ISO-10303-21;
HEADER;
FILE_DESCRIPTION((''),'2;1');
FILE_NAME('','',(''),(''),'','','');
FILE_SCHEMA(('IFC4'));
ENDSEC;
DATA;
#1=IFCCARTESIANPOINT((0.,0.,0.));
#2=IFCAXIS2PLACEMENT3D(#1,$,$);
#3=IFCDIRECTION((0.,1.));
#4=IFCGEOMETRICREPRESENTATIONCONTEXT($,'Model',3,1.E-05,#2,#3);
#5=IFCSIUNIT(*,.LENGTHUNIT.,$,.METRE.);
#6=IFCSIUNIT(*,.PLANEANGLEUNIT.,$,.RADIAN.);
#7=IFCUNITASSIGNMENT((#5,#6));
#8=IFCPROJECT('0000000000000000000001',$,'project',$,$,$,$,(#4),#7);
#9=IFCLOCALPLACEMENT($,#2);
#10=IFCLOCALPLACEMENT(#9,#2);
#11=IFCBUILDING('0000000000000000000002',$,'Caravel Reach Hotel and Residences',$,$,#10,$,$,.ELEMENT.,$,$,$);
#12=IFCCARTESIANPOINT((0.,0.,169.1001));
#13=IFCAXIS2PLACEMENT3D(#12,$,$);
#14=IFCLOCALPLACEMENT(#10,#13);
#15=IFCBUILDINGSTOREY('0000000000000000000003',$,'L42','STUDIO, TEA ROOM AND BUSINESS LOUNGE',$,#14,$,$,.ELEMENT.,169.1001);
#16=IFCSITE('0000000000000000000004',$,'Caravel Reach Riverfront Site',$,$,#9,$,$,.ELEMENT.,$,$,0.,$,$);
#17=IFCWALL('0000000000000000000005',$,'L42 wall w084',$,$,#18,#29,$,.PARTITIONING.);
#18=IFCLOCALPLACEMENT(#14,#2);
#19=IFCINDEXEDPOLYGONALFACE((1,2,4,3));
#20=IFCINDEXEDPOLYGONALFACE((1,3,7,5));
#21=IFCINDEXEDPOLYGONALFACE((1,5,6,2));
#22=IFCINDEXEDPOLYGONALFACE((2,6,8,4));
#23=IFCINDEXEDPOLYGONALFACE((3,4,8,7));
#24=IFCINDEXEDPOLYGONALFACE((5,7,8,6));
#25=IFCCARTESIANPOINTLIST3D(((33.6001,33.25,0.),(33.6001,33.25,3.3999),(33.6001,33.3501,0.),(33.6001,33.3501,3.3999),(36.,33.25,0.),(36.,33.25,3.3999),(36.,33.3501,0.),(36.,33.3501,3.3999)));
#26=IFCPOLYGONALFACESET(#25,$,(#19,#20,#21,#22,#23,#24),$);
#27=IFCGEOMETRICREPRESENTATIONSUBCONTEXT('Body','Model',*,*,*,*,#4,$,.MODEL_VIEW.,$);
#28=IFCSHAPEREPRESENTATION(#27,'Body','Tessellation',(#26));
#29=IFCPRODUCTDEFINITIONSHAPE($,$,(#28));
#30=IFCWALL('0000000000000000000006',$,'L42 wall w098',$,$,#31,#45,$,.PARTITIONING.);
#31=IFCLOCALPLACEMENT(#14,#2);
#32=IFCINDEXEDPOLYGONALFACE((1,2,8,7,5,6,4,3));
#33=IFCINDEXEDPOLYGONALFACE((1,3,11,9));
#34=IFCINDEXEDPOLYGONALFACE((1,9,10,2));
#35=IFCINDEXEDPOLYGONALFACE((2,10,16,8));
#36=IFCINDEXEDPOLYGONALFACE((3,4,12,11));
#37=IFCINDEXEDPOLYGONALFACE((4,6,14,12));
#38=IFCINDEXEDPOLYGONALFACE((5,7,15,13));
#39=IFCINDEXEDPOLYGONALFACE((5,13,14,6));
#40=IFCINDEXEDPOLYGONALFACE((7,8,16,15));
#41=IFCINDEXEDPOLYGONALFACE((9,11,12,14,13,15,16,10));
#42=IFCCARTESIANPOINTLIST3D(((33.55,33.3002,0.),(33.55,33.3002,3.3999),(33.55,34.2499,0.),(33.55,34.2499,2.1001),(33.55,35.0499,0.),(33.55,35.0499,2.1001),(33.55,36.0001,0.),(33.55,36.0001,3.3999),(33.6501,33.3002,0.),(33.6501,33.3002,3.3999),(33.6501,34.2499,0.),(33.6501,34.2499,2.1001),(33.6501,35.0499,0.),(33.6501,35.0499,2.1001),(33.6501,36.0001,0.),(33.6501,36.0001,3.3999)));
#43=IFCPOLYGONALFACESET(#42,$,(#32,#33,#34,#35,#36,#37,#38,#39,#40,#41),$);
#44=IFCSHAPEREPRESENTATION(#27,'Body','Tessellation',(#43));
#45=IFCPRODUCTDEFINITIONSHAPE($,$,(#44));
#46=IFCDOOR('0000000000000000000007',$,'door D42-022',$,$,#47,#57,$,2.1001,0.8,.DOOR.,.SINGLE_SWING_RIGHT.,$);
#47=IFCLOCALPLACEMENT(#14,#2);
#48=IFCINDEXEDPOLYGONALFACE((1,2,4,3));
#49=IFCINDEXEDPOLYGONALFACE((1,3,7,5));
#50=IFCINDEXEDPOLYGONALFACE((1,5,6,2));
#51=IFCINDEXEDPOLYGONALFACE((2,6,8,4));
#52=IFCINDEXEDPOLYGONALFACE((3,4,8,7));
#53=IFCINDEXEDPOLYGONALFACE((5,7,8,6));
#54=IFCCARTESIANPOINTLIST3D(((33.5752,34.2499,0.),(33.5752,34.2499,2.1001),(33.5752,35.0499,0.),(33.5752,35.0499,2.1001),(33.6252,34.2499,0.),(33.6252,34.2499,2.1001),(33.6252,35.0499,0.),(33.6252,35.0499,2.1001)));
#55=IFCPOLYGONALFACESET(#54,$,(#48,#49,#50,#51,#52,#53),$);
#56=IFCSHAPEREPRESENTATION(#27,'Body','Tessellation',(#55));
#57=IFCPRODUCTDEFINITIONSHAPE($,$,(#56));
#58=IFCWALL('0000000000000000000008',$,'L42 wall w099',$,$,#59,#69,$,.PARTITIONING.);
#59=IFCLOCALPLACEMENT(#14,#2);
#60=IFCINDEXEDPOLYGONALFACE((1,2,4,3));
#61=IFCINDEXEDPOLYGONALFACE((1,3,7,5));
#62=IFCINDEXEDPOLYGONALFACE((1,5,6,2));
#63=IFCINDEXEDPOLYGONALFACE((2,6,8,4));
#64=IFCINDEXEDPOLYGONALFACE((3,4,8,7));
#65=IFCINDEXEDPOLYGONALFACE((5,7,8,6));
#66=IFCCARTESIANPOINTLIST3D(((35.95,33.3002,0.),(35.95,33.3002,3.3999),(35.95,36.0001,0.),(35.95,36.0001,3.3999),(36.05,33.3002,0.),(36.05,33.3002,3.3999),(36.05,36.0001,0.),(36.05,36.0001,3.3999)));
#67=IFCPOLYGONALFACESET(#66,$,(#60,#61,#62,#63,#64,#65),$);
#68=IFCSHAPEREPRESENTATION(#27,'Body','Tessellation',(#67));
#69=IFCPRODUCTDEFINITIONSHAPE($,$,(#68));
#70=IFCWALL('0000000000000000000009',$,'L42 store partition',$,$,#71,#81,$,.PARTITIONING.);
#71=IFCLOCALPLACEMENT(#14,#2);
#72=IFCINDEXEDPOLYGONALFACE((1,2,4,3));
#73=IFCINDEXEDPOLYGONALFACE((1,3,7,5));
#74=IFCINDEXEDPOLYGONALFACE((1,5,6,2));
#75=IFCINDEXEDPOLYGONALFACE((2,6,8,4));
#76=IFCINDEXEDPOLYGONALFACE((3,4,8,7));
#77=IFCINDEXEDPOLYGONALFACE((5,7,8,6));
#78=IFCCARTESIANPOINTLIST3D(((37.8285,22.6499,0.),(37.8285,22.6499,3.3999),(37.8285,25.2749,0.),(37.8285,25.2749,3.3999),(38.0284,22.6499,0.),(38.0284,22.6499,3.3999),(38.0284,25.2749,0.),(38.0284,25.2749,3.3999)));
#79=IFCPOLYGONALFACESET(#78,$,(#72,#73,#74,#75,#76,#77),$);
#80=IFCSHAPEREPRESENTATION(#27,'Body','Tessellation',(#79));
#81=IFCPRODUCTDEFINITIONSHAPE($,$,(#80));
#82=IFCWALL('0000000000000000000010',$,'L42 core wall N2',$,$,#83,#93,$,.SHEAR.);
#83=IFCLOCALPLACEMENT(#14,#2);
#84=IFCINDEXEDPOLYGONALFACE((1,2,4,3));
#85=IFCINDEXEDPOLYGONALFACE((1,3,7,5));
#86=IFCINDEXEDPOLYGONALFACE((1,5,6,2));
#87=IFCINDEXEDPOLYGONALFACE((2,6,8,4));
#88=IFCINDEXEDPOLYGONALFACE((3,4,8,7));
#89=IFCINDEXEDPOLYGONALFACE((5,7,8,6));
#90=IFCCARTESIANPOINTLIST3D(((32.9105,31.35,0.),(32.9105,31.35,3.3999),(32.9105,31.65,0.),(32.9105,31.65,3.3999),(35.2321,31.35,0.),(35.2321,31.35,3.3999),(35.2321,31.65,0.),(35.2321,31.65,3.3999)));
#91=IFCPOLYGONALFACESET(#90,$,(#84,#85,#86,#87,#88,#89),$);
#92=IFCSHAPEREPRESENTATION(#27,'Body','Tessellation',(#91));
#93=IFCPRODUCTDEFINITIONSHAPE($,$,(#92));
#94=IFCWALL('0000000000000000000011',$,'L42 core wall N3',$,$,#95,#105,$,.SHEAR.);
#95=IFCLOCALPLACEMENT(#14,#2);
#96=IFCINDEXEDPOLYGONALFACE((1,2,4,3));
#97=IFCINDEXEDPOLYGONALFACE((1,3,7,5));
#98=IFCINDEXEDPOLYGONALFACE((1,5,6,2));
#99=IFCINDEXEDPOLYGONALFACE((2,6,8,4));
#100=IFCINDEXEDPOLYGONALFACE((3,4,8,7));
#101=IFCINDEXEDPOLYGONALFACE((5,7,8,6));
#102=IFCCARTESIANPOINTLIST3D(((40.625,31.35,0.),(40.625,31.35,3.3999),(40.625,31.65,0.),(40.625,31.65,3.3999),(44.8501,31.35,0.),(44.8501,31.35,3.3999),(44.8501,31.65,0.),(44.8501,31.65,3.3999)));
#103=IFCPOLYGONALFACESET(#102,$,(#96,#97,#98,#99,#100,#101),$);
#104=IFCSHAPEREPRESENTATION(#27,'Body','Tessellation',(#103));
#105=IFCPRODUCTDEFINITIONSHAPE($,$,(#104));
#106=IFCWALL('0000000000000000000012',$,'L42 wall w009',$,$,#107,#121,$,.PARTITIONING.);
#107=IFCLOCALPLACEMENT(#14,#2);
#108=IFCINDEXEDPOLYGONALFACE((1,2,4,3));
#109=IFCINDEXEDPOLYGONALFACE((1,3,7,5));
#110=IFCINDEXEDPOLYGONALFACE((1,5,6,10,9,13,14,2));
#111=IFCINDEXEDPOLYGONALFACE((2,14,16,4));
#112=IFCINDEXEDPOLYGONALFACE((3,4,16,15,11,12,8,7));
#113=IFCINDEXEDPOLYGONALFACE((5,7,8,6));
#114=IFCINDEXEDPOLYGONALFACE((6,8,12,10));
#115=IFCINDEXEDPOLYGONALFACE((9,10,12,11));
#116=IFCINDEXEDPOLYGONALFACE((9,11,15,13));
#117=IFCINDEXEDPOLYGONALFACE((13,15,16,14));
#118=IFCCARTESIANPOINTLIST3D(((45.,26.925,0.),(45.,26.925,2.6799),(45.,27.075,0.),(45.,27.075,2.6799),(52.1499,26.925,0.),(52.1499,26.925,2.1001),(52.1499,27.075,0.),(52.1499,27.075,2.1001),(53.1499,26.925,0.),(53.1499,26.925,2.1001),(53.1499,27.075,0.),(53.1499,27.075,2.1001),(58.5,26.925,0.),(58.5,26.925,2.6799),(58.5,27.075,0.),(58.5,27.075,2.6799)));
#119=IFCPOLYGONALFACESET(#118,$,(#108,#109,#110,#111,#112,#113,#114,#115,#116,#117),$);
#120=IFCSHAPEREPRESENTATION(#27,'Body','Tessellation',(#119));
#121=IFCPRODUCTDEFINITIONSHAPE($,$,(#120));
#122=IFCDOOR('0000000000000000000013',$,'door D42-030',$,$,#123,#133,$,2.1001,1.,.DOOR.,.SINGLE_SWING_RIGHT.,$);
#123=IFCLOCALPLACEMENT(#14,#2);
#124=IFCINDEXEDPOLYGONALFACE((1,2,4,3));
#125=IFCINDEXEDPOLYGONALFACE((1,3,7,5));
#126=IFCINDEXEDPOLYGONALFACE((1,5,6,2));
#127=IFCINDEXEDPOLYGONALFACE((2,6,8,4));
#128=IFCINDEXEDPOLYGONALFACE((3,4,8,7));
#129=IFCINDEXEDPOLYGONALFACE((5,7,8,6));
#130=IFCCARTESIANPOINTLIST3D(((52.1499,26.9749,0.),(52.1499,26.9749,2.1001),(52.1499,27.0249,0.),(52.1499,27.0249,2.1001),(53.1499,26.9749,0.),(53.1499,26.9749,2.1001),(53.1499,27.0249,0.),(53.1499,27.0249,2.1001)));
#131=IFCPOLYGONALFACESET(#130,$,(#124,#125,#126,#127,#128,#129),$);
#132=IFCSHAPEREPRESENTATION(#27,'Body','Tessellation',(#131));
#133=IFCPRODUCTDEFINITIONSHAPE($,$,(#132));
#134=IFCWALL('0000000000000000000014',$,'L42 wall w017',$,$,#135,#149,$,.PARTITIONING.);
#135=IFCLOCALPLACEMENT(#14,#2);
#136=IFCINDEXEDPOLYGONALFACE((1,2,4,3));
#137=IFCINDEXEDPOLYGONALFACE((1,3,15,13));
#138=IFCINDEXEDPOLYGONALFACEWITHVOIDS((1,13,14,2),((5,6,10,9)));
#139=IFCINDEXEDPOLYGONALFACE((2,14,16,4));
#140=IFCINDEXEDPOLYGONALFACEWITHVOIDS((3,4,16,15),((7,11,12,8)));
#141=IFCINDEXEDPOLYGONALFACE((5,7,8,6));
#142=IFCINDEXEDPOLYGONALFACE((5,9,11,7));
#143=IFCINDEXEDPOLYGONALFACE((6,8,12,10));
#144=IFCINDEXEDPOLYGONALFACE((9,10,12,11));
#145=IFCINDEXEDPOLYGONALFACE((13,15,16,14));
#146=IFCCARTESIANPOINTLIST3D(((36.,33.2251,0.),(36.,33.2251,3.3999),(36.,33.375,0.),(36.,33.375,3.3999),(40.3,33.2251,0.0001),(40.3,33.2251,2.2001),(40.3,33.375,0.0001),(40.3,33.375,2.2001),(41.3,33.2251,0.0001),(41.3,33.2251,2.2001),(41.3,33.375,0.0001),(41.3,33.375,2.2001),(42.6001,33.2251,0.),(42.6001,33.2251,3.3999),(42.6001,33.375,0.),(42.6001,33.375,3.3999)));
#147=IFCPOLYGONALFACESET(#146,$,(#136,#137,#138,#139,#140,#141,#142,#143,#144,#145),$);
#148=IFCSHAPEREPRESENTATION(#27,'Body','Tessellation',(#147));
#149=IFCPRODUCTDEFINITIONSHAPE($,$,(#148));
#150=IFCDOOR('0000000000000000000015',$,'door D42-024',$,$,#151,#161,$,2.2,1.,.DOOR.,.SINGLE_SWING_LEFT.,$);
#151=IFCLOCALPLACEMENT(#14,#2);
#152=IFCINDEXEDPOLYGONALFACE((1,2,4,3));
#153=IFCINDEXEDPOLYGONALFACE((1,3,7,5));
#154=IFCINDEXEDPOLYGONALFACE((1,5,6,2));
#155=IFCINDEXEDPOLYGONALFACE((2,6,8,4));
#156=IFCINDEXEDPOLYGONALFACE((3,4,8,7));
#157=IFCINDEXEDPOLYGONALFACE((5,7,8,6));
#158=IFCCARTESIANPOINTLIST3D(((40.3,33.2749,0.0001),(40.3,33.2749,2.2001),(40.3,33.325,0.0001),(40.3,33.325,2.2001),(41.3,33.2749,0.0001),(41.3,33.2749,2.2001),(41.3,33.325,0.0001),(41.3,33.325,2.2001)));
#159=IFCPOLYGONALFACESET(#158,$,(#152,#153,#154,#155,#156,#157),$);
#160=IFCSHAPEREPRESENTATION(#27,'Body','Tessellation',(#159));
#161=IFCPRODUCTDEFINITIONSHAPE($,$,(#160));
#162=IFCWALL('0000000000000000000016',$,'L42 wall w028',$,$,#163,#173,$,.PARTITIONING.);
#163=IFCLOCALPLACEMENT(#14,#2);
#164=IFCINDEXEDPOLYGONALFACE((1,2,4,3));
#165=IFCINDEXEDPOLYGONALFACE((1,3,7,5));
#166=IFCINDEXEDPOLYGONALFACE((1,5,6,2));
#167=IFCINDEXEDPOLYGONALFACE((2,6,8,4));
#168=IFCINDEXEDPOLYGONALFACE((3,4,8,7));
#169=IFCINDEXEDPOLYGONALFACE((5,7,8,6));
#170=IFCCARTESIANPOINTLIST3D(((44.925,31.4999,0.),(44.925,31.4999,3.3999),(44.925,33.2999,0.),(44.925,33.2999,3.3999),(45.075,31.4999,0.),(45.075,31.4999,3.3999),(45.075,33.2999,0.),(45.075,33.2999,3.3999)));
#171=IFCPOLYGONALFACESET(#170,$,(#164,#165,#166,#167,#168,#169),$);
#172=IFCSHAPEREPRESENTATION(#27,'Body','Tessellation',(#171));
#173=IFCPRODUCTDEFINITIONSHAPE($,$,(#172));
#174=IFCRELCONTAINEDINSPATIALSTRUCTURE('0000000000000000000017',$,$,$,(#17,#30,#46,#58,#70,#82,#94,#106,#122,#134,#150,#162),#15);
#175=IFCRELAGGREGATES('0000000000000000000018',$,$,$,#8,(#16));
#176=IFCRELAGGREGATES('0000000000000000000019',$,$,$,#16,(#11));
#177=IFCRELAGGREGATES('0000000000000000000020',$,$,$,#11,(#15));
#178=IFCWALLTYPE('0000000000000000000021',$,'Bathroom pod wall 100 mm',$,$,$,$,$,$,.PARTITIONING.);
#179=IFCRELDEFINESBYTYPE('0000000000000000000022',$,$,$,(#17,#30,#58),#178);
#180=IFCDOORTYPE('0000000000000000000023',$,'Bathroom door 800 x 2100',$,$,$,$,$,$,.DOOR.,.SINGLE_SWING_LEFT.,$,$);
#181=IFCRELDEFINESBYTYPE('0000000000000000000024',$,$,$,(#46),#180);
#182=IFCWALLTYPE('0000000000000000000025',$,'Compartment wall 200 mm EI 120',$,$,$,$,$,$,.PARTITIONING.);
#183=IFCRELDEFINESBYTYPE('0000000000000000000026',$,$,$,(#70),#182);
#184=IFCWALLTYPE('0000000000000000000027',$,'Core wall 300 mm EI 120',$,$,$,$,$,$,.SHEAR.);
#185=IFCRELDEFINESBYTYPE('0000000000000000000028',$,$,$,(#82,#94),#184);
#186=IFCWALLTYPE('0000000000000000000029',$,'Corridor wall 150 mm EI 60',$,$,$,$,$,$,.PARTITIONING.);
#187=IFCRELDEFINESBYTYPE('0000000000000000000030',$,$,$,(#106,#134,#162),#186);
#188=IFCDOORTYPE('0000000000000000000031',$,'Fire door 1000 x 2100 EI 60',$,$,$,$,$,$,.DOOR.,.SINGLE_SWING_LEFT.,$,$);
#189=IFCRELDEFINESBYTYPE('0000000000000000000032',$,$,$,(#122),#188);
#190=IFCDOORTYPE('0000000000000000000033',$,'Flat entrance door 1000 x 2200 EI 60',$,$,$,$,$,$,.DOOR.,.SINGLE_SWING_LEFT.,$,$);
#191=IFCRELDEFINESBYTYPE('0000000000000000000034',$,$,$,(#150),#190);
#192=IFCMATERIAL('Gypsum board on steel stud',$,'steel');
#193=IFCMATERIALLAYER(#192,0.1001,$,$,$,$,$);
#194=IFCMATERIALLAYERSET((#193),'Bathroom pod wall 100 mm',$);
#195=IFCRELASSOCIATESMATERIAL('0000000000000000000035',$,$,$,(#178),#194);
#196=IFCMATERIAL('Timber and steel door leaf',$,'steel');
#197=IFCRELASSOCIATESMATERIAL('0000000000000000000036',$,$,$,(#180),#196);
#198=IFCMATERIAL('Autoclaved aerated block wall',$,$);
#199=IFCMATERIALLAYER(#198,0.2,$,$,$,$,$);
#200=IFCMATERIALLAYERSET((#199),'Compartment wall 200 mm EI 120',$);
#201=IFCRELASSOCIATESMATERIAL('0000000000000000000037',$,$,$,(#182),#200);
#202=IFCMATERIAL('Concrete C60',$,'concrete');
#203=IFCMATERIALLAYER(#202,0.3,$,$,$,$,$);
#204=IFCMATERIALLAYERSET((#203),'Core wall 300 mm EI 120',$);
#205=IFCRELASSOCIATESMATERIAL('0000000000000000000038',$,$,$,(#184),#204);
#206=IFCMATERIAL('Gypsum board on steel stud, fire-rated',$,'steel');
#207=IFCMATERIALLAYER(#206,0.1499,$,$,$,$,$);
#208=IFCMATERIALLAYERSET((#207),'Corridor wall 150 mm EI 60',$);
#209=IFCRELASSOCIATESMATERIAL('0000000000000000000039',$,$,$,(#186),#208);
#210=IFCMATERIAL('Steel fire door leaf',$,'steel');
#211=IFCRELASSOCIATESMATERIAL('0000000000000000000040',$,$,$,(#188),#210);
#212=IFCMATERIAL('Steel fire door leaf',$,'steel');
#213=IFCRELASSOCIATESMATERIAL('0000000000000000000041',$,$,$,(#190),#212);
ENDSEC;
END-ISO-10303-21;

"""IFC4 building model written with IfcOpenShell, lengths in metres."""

from ifc_helpers import new_model, si_unit, direction, frame, frame_2d, origin, place, context, subcontext, project, spatial, rectangle, extrude, material, layer, layer_set, type_object, element, fill, save


model = new_model("IFC4")

# Units and contexts
model_context = context("Model", 3, precision=1e-05, world=origin(), true_north=direction((0.0, 1.0)))
body_context = subcontext(model_context, "Body", "Model", "MODEL_VIEW")
ifc_project = project(units=[si_unit("LENGTHUNIT", "METRE"), si_unit("PLANEANGLEUNIT", "RADIAN")], contexts=[model_context])

# Site, building, storey
site_placement = place(None, origin())
site = spatial("IfcSite", under=ifc_project, at=site_placement, Name="Caravel Reach Riverfront Site", CompositionType="ELEMENT", RefElevation=0.0)
building_placement = place(site_placement, origin())
building = spatial("IfcBuilding", under=site, at=building_placement, Name="Caravel Reach Hotel and Residences", CompositionType="ELEMENT")
storey_placement = place(building_placement, frame((0.0, 0.0, 169.1001)))
storey = spatial("IfcBuildingStorey", under=building, at=storey_placement, Name="L42", Description="STUDIO, TEA ROOM AND BUSINESS LOUNGE", CompositionType="ELEMENT", Elevation=169.1001)

# Wall
ifc_material_1 = material(Name="Gypsum board on steel stud", Category="steel")
ifc_layer_1 = layer(ifc_material_1, 0.1001)
ifc_layer_set_1 = layer_set([ifc_layer_1], Name="Bathroom pod wall 100 mm")
wall_type_1 = type_object("IfcWallType", Name="Bathroom pod wall 100 mm", PredefinedType="PARTITIONING", material=ifc_layer_set_1)
wall_1_placement = place(storey_placement, frame((33.6001, 33.3, 0.0), z_axis=(0.0, 0.0, 1.0), x_axis=(1.0, 0.0, 0.0)))
element("IfcWall", 1, at=wall_1_placement, inside=storey, type_object=wall_type_1, Name="L42 wall w084", PredefinedType="PARTITIONING", context=body_context, shape_type="SweptSolid", body=[
    extrude(rectangle(XDim=2.3999, YDim=0.1001, at=frame_2d((1.2, 0.0))), origin(), (0.0, 0.0, 1.0), 3.3999),
])

# Wall, opening, door
wall_2_placement = place(storey_placement, frame((33.6001, 33.3, 0.0), z_axis=(0.0, 0.0, 1.0), x_axis=(0.0, 1.0, 0.0)))
wall_2 = element("IfcWall", 2, at=wall_2_placement, inside=storey, type_object=wall_type_1, Name="L42 wall w098", PredefinedType="PARTITIONING", context=body_context, shape_type="SweptSolid", body=[
    extrude(rectangle(XDim=2.7, YDim=0.1001, at=frame_2d((1.3501, 0.0))), origin(), (0.0, 0.0, 1.0), 3.3999),
])
opening_1_placement = place(wall_2_placement, frame((0.95, 0.0, 0.0)))
opening_1 = element("IfcOpeningElement", 3, at=opening_1_placement, cuts=wall_2, PredefinedType="OPENING", context=body_context, shape_type="SweptSolid", body=[
    extrude(rectangle(XDim=0.8, YDim=2.1001, at=frame_2d((0.3999, 1.05))), frame((0.0, 0.0601, 0.0), z_axis=(0.0, -1.0, 0.0), x_axis=(1.0, 0.0, 0.0)), (0.0, 0.0, 1.0), 0.1201),
])
ifc_material_2 = material(Name="Timber and steel door leaf", Category="steel")
door_type_1 = type_object("IfcDoorType", Name="Bathroom door 800 x 2100", OperationType="SINGLE_SWING_LEFT", PredefinedType="DOOR", material=ifc_material_2)
door_1_placement = place(opening_1_placement, origin())
door_1 = element("IfcDoor", 4, at=door_1_placement, inside=storey, type_object=door_type_1, Name="door D42-022", OperationType="SINGLE_SWING_RIGHT", OverallHeight=2.1001, OverallWidth=0.8, PredefinedType="DOOR", context=body_context, shape_type="SweptSolid", body=[
    extrude(rectangle(XDim=0.8, YDim=2.1001, at=frame_2d((0.3999, 1.05))), frame((0.0, 0.0249, 0.0), z_axis=(0.0, -1.0, 0.0), x_axis=(1.0, 0.0, 0.0)), (0.0, 0.0, 1.0), 0.05),
])
fill(opening_1, door_1)

# Walls
wall_3_placement = place(storey_placement, frame((36.0, 33.3, 0.0), z_axis=(0.0, 0.0, 1.0), x_axis=(0.0, 1.0, 0.0)))
element("IfcWall", 5, at=wall_3_placement, inside=storey, type_object=wall_type_1, Name="L42 wall w099", PredefinedType="PARTITIONING", context=body_context, shape_type="SweptSolid", body=[
    extrude(rectangle(XDim=2.7, YDim=0.1001, at=frame_2d((1.3501, 0.0))), origin(), (0.0, 0.0, 1.0), 3.3999),
])
ifc_material_3 = material(Name="Autoclaved aerated block wall")
ifc_layer_2 = layer(ifc_material_3, 0.2)
ifc_layer_set_2 = layer_set([ifc_layer_2], Name="Compartment wall 200 mm EI 120")
wall_type_2 = type_object("IfcWallType", Name="Compartment wall 200 mm EI 120", PredefinedType="PARTITIONING", material=ifc_layer_set_2)
wall_4_placement = place(storey_placement, frame((37.9285, 22.6499, 0.0), z_axis=(0.0, 0.0, 1.0), x_axis=(0.0, 1.0, 0.0)))
element("IfcWall", 6, at=wall_4_placement, inside=storey, type_object=wall_type_2, Name="L42 store partition", PredefinedType="PARTITIONING", context=body_context, shape_type="SweptSolid", body=[
    extrude(rectangle(XDim=2.625, YDim=0.2, at=frame_2d((1.3125, 0.0))), origin(), (0.0, 0.0, 1.0), 3.3999),
])
ifc_material_4 = material(Name="Concrete C60", Category="concrete")
ifc_layer_3 = layer(ifc_material_4, 0.3)
ifc_layer_set_3 = layer_set([ifc_layer_3], Name="Core wall 300 mm EI 120")
wall_type_3 = type_object("IfcWallType", Name="Core wall 300 mm EI 120", PredefinedType="SHEAR", material=ifc_layer_set_3)
wall_5_placement = place(storey_placement, frame((32.9106, 31.5, 0.0), z_axis=(0.0, 0.0, 1.0), x_axis=(1.0, 0.0, 0.0)))
element("IfcWall", 7, at=wall_5_placement, inside=storey, type_object=wall_type_3, Name="L42 core wall N2", PredefinedType="SHEAR", context=body_context, shape_type="SweptSolid", body=[
    extrude(rectangle(XDim=2.3215, YDim=0.3, at=frame_2d((1.1606, 0.0))), origin(), (0.0, 0.0, 1.0), 3.3999),
])
wall_6_placement = place(storey_placement, frame((40.625, 31.5, 0.0), z_axis=(0.0, 0.0, 1.0), x_axis=(1.0, 0.0, 0.0)))
element("IfcWall", 8, at=wall_6_placement, inside=storey, type_object=wall_type_3, Name="L42 core wall N3", PredefinedType="SHEAR", context=body_context, shape_type="SweptSolid", body=[
    extrude(rectangle(XDim=4.2251, YDim=0.3, at=frame_2d((2.1125, 0.0))), origin(), (0.0, 0.0, 1.0), 3.3999),
])

# Walls, openings, doors
ifc_material_5 = material(Name="Gypsum board on steel stud, fire-rated", Category="steel")
ifc_layer_4 = layer(ifc_material_5, 0.1499)
ifc_layer_set_4 = layer_set([ifc_layer_4], Name="Corridor wall 150 mm EI 60")
wall_type_4 = type_object("IfcWallType", Name="Corridor wall 150 mm EI 60", PredefinedType="PARTITIONING", material=ifc_layer_set_4)
wall_7_placement = place(storey_placement, frame((45.0, 27.0, 0.0), z_axis=(0.0, 0.0, 1.0), x_axis=(1.0, 0.0, 0.0)))
wall_7 = element("IfcWall", 9, at=wall_7_placement, inside=storey, type_object=wall_type_4, Name="L42 wall w009", PredefinedType="PARTITIONING", context=body_context, shape_type="SweptSolid", body=[
    extrude(rectangle(XDim=13.5, YDim=0.1499, at=frame_2d((6.75, 0.0))), origin(), (0.0, 0.0, 1.0), 2.6799),
])
opening_2_placement = place(wall_7_placement, frame((7.1499, 0.0, 0.0)))
opening_2 = element("IfcOpeningElement", 10, at=opening_2_placement, cuts=wall_7, PredefinedType="OPENING", context=body_context, shape_type="SweptSolid", body=[
    extrude(rectangle(XDim=1.0, YDim=2.1001, at=frame_2d((0.5, 1.05))), frame((0.0, 0.085, 0.0), z_axis=(0.0, -1.0, 0.0), x_axis=(1.0, 0.0, 0.0)), (0.0, 0.0, 1.0), 0.1699),
])
ifc_material_6 = material(Name="Steel fire door leaf", Category="steel")
door_type_2 = type_object("IfcDoorType", Name="Fire door 1000 x 2100 EI 60", OperationType="SINGLE_SWING_LEFT", PredefinedType="DOOR", material=ifc_material_6)
door_2_placement = place(opening_2_placement, origin())
door_2 = element("IfcDoor", 11, at=door_2_placement, inside=storey, type_object=door_type_2, Name="door D42-030", OperationType="SINGLE_SWING_RIGHT", OverallHeight=2.1001, OverallWidth=1.0, PredefinedType="DOOR", context=body_context, shape_type="SweptSolid", body=[
    extrude(rectangle(XDim=1.0, YDim=2.1001, at=frame_2d((0.5, 1.05))), frame((0.0, 0.0249, 0.0), z_axis=(0.0, -1.0, 0.0), x_axis=(1.0, 0.0, 0.0)), (0.0, 0.0, 1.0), 0.05),
])
fill(opening_2, door_2)
wall_8_placement = place(storey_placement, frame((36.0, 33.3, 0.0), z_axis=(0.0, 0.0, 1.0), x_axis=(1.0, 0.0, 0.0)))
wall_8 = element("IfcWall", 12, at=wall_8_placement, inside=storey, type_object=wall_type_4, Name="L42 wall w017", PredefinedType="PARTITIONING", context=body_context, shape_type="SweptSolid", body=[
    extrude(rectangle(XDim=6.6001, YDim=0.1499, at=frame_2d((3.3, 0.0))), origin(), (0.0, 0.0, 1.0), 3.3999),
])
opening_3_placement = place(wall_8_placement, frame((4.3, 0.0, 0.0)))
opening_3 = element("IfcOpeningElement", 13, at=opening_3_placement, cuts=wall_8, PredefinedType="OPENING", context=body_context, shape_type="SweptSolid", body=[
    extrude(rectangle(XDim=1.0, YDim=2.2, at=frame_2d((0.5, 1.1001))), frame((0.0, 0.085, 0.0), z_axis=(0.0, -1.0, 0.0), x_axis=(1.0, 0.0, 0.0)), (0.0, 0.0, 1.0), 0.1699),
])
ifc_material_7 = material(Name="Steel fire door leaf", Category="steel")
door_type_3 = type_object("IfcDoorType", Name="Flat entrance door 1000 x 2200 EI 60", OperationType="SINGLE_SWING_LEFT", PredefinedType="DOOR", material=ifc_material_7)
door_3_placement = place(opening_3_placement, origin())
door_3 = element("IfcDoor", 14, at=door_3_placement, inside=storey, type_object=door_type_3, Name="door D42-024", OperationType="SINGLE_SWING_LEFT", OverallHeight=2.2, OverallWidth=1.0, PredefinedType="DOOR", context=body_context, shape_type="SweptSolid", body=[
    extrude(rectangle(XDim=1.0, YDim=2.2, at=frame_2d((0.5, 1.1001))), frame((0.0, 0.0249, 0.0), z_axis=(0.0, -1.0, 0.0), x_axis=(1.0, 0.0, 0.0)), (0.0, 0.0, 1.0), 0.05),
])
fill(opening_3, door_3)

# Wall
wall_9_placement = place(storey_placement, frame((45.0, 31.5, 0.0), z_axis=(0.0, 0.0, 1.0), x_axis=(0.0, 1.0, 0.0)))
element("IfcWall", 15, at=wall_9_placement, inside=storey, type_object=wall_type_4, Name="L42 wall w028", PredefinedType="PARTITIONING", context=body_context, shape_type="SweptSolid", body=[
    extrude(rectangle(XDim=1.8, YDim=0.1499, at=frame_2d((0.8999, 0.0))), origin(), (0.0, 0.0, 1.0), 3.3999),
])

save(model, "model.ifc")
